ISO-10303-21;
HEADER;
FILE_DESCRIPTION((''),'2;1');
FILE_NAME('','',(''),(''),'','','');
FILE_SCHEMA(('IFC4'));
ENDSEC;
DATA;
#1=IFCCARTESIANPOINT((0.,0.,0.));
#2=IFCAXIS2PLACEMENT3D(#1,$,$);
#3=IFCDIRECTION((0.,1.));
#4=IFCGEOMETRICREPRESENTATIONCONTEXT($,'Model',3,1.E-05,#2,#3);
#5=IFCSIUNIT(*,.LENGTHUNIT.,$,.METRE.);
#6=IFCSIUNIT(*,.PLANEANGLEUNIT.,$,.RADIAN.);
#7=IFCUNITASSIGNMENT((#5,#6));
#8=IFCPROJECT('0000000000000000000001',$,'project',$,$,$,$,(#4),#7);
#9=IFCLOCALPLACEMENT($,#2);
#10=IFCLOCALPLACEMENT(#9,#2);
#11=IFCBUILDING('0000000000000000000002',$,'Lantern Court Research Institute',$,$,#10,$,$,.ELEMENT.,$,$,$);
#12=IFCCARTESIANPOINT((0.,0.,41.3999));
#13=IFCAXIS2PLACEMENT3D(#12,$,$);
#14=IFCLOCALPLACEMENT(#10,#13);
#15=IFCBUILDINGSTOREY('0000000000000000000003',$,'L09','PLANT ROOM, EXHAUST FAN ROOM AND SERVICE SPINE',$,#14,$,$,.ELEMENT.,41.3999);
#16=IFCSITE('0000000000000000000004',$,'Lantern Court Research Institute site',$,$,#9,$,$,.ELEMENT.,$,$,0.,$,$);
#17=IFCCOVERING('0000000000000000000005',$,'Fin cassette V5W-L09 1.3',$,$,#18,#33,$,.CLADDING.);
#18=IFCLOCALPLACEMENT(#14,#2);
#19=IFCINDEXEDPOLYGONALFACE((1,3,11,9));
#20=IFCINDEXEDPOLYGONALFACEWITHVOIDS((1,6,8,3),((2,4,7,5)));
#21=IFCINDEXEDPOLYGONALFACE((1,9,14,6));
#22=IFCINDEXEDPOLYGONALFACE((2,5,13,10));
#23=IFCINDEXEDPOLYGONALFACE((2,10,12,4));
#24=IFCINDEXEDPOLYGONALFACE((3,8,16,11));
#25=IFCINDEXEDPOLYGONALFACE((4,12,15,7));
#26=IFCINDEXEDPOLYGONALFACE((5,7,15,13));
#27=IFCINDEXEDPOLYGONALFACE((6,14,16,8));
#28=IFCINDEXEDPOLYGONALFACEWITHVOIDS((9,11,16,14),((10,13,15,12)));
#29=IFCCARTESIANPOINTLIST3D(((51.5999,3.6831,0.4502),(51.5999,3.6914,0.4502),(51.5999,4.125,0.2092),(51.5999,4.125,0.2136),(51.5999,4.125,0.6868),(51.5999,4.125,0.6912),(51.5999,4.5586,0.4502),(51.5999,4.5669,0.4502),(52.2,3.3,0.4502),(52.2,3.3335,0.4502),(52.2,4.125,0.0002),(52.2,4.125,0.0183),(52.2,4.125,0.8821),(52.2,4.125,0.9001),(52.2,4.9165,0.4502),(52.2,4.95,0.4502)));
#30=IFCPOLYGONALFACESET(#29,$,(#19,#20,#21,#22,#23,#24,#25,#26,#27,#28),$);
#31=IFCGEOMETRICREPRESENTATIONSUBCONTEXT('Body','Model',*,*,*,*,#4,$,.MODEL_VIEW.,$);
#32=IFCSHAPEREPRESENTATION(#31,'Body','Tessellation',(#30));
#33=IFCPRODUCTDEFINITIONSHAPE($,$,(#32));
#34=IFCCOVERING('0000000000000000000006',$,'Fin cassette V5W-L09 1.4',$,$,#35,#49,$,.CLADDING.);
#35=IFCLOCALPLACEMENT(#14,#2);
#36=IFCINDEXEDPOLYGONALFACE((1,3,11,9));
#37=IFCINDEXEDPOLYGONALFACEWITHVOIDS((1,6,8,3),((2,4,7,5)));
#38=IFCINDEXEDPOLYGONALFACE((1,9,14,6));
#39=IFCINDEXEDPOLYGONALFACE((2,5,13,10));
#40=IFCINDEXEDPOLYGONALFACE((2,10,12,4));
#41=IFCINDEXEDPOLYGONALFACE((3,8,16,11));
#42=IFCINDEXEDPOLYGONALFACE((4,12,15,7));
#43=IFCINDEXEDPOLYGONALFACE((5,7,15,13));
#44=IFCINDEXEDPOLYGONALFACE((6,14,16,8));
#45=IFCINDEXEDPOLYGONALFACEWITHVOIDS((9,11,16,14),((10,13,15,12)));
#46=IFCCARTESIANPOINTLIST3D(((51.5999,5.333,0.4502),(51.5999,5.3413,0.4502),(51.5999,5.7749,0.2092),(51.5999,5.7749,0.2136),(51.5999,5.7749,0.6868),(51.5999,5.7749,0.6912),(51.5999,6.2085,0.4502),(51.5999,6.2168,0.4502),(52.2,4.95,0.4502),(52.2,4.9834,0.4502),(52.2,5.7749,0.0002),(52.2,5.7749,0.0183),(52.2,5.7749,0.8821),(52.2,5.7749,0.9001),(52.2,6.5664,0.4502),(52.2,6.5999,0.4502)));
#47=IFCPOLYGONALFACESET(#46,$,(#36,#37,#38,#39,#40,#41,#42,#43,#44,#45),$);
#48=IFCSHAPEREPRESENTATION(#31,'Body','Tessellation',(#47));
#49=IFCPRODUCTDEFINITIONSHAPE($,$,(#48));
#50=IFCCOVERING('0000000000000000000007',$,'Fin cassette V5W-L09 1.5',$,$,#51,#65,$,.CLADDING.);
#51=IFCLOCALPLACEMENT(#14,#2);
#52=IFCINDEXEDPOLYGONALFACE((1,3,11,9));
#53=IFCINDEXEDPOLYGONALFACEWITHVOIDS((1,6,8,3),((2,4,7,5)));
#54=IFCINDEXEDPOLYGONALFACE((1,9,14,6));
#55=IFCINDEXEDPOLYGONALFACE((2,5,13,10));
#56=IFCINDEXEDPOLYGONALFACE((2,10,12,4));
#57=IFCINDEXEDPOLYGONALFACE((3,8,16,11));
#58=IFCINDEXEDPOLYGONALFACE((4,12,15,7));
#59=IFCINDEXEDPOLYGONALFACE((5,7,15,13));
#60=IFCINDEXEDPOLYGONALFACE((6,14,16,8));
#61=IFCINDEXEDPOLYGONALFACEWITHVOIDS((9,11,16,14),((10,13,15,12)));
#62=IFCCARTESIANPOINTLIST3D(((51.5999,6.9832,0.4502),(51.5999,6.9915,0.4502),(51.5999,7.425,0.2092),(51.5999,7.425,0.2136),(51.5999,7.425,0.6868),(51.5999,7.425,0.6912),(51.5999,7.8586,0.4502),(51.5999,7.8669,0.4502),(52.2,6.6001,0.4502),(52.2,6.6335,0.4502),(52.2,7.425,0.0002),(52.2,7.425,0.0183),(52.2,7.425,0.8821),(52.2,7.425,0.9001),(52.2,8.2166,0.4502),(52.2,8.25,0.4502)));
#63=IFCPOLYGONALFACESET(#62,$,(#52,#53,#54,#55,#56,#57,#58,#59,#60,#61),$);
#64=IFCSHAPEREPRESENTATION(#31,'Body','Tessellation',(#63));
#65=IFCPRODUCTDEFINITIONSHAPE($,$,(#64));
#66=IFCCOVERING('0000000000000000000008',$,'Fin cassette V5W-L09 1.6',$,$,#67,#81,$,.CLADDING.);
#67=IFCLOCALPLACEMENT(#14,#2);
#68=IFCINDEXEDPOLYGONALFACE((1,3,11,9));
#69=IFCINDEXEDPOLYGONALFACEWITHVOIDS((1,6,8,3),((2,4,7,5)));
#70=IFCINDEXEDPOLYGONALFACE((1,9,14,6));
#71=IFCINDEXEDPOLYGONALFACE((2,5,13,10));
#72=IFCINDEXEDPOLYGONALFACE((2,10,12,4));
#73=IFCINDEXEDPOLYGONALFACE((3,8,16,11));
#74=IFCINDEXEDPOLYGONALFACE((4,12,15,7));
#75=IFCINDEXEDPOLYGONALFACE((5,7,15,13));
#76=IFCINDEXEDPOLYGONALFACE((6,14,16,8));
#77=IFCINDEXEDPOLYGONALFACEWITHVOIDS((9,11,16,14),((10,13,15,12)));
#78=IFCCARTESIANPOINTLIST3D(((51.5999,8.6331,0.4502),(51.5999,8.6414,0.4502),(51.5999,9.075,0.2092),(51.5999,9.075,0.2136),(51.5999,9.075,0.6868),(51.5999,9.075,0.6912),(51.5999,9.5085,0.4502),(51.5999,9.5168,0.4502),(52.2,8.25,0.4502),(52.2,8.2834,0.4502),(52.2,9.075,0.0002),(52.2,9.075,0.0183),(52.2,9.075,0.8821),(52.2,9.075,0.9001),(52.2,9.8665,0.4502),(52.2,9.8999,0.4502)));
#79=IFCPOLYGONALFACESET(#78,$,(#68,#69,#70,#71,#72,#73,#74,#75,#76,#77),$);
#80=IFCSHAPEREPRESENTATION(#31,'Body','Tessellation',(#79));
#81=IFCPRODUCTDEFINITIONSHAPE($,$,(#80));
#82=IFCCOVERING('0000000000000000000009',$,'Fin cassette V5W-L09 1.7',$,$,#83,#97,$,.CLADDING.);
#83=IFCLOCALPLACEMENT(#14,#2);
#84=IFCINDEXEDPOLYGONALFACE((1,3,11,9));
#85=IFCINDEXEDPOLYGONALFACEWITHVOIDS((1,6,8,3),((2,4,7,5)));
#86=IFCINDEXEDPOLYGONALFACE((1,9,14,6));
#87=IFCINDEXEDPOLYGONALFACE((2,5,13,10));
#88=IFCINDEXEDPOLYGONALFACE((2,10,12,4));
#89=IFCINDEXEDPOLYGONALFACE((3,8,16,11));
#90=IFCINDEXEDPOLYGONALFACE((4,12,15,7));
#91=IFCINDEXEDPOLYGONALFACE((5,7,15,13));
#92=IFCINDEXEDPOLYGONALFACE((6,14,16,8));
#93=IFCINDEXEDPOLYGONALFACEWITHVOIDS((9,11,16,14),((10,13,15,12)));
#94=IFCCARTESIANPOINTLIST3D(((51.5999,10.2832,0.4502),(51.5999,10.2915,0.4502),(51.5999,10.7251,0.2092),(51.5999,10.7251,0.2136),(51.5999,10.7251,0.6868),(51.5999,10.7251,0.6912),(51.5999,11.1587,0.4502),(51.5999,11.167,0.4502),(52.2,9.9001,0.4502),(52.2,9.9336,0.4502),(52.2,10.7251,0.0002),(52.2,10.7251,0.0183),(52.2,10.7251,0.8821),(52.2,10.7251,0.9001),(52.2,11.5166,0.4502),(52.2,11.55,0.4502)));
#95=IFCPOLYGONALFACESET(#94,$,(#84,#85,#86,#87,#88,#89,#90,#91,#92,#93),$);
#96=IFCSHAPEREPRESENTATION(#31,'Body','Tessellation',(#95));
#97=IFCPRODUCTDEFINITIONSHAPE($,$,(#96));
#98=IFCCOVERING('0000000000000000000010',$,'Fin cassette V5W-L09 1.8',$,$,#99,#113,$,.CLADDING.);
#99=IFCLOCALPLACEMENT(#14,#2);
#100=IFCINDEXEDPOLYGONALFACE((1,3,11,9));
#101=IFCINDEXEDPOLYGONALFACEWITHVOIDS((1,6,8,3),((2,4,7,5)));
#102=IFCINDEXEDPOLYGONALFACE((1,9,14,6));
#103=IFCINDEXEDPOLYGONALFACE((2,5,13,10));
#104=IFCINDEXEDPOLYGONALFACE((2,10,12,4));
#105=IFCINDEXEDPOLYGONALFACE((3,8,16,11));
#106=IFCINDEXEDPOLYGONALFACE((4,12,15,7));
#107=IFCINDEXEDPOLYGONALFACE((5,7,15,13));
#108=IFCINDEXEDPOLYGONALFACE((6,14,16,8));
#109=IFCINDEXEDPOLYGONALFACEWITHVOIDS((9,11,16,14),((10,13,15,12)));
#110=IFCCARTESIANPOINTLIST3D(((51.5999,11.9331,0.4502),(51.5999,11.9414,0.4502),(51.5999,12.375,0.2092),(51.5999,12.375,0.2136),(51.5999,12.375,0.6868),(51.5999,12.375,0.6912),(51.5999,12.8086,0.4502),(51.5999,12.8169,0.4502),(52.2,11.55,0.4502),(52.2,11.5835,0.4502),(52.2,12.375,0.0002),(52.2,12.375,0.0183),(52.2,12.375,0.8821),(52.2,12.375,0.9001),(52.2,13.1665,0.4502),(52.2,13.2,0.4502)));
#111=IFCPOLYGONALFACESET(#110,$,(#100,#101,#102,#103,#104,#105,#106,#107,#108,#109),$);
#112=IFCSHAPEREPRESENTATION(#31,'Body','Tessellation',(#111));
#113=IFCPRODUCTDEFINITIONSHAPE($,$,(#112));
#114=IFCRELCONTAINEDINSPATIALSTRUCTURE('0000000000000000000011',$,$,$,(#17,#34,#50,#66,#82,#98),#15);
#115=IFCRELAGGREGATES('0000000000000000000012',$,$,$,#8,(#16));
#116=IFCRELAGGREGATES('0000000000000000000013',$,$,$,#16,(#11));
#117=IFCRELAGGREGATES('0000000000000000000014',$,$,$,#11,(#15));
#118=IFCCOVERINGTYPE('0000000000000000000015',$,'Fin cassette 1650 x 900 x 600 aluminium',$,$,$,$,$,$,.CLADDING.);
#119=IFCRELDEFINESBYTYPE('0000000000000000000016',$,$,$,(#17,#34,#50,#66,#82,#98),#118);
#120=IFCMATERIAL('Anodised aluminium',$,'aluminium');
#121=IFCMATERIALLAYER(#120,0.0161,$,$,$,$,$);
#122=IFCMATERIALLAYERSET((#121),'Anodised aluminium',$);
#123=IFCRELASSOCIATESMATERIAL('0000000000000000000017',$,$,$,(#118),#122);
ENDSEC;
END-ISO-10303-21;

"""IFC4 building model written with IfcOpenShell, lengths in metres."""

from ifc_helpers import new_model, entity, si_unit, direction, frame, origin, place, context, subcontext, project, spatial, material, layer, layer_set, type_object, element, save


model = new_model("IFC4")

# Units and contexts
model_context = context("Model", 3, precision=1e-05, world=origin(), true_north=direction((0.0, 1.0)))
body_context = subcontext(model_context, "Body", "Model", "MODEL_VIEW")
ifc_project = project(units=[si_unit("LENGTHUNIT", "METRE"), si_unit("PLANEANGLEUNIT", "RADIAN")], contexts=[model_context])

# Site, building, storey
site_placement = place(None, origin())
site = spatial("IfcSite", under=ifc_project, at=site_placement, Name="Lantern Court Research Institute site", CompositionType="ELEMENT", RefElevation=0.0)
building_placement = place(site_placement, origin())
building = spatial("IfcBuilding", under=site, at=building_placement, Name="Lantern Court Research Institute", CompositionType="ELEMENT")
storey_placement = place(building_placement, frame((0.0, 0.0, 41.3999)))
storey = spatial("IfcBuildingStorey", under=building, at=storey_placement, Name="L09", Description="PLANT ROOM, EXHAUST FAN ROOM AND SERVICE SPINE", CompositionType="ELEMENT", Elevation=41.3999)

# Coverings
ifc_material_1 = material(Name="Anodised aluminium", Category="aluminium")
ifc_layer_1 = layer(ifc_material_1, 0.0161)
ifc_layer_set_1 = layer_set([ifc_layer_1], Name="Anodised aluminium")
covering_type = type_object("IfcCoveringType", Name="Fin cassette 1650 x 900 x 600 aluminium", PredefinedType="CLADDING", material=ifc_layer_set_1)
covering_1_placement = place(storey_placement, frame((52.2, 4.125, 0.4502), z_axis=(-1.0, 0.0, 0.0), x_axis=(0.0, -1.0, 0.0)))
cartesian_point_1 = entity("IfcCartesianPoint", [0.825, 0.0])
cartesian_point_2 = entity("IfcCartesianPoint", [0.7915, 0.0])
cartesian_point_3 = entity("IfcCartesianPoint", [0.4419, 0.0])
cartesian_point_4 = entity("IfcCartesianPoint", [0.4336, 0.0])
element("IfcCovering", 1, at=covering_1_placement, inside=storey, type_object=covering_type, Name="Fin cassette V5W-L09 1.3", PredefinedType="CLADDING", context=body_context, shape_type="SweptSolid", body=[
    entity("IfcExtrudedAreaSolidTapered", entity("IfcArbitraryProfileDefWithVoids", "AREA", None, entity("IfcPolyline", [cartesian_point_1, entity("IfcCartesianPoint", [0.0, 0.45]), entity("IfcCartesianPoint", [-0.825, 0.0]), entity("IfcCartesianPoint", [0.0, -0.45]), cartesian_point_1]), [entity("IfcPolyline", [cartesian_point_2, entity("IfcCartesianPoint", [0.0, 0.4319]), entity("IfcCartesianPoint", [-0.7915, 0.0]), entity("IfcCartesianPoint", [0.0, -0.4319]), cartesian_point_2])]), entity("IfcAxis2Placement3D", entity("IfcCartesianPoint", [0.0, 0.0, 0.0])), entity("IfcDirection", [0.0, 0.0, 1.0]), 0.6001, entity("IfcArbitraryProfileDefWithVoids", "AREA", None, entity("IfcPolyline", [cartesian_point_3, entity("IfcCartesianPoint", [0.0, 0.241]), entity("IfcCartesianPoint", [-0.4419, 0.0]), entity("IfcCartesianPoint", [0.0, -0.241]), cartesian_point_3]), [entity("IfcPolyline", [cartesian_point_4, entity("IfcCartesianPoint", [0.0, 0.2366]), entity("IfcCartesianPoint", [-0.4336, 0.0]), entity("IfcCartesianPoint", [0.0, -0.2366]), cartesian_point_4])])),
])
covering_2_placement = place(storey_placement, frame((52.2, 5.7749, 0.4502), z_axis=(-1.0, 0.0, 0.0), x_axis=(0.0, -1.0, 0.0)))
cartesian_point_5 = entity("IfcCartesianPoint", [0.825, 0.0])
cartesian_point_6 = entity("IfcCartesianPoint", [0.7915, 0.0])
cartesian_point_7 = entity("IfcCartesianPoint", [0.4419, 0.0])
cartesian_point_8 = entity("IfcCartesianPoint", [0.4336, 0.0])
element("IfcCovering", 2, at=covering_2_placement, inside=storey, type_object=covering_type, Name="Fin cassette V5W-L09 1.4", PredefinedType="CLADDING", context=body_context, shape_type="SweptSolid", body=[
    entity("IfcExtrudedAreaSolidTapered", entity("IfcArbitraryProfileDefWithVoids", "AREA", None, entity("IfcPolyline", [cartesian_point_5, entity("IfcCartesianPoint", [0.0, 0.45]), entity("IfcCartesianPoint", [-0.825, 0.0]), entity("IfcCartesianPoint", [0.0, -0.45]), cartesian_point_5]), [entity("IfcPolyline", [cartesian_point_6, entity("IfcCartesianPoint", [0.0, 0.4319]), entity("IfcCartesianPoint", [-0.7915, 0.0]), entity("IfcCartesianPoint", [0.0, -0.4319]), cartesian_point_6])]), entity("IfcAxis2Placement3D", entity("IfcCartesianPoint", [0.0, 0.0, 0.0])), entity("IfcDirection", [0.0, 0.0, 1.0]), 0.6001, entity("IfcArbitraryProfileDefWithVoids", "AREA", None, entity("IfcPolyline", [cartesian_point_7, entity("IfcCartesianPoint", [0.0, 0.241]), entity("IfcCartesianPoint", [-0.4419, 0.0]), entity("IfcCartesianPoint", [0.0, -0.241]), cartesian_point_7]), [entity("IfcPolyline", [cartesian_point_8, entity("IfcCartesianPoint", [0.0, 0.2366]), entity("IfcCartesianPoint", [-0.4336, 0.0]), entity("IfcCartesianPoint", [0.0, -0.2366]), cartesian_point_8])])),
])
covering_3_placement = place(storey_placement, frame((52.2, 7.425, 0.4502), z_axis=(-1.0, 0.0, 0.0), x_axis=(0.0, -1.0, 0.0)))
cartesian_point_9 = entity("IfcCartesianPoint", [0.825, 0.0])
cartesian_point_10 = entity("IfcCartesianPoint", [0.7915, 0.0])
cartesian_point_11 = entity("IfcCartesianPoint", [0.4419, 0.0])
cartesian_point_12 = entity("IfcCartesianPoint", [0.4336, 0.0])
element("IfcCovering", 3, at=covering_3_placement, inside=storey, type_object=covering_type, Name="Fin cassette V5W-L09 1.5", PredefinedType="CLADDING", context=body_context, shape_type="SweptSolid", body=[
    entity("IfcExtrudedAreaSolidTapered", entity("IfcArbitraryProfileDefWithVoids", "AREA", None, entity("IfcPolyline", [cartesian_point_9, entity("IfcCartesianPoint", [0.0, 0.45]), entity("IfcCartesianPoint", [-0.825, 0.0]), entity("IfcCartesianPoint", [0.0, -0.45]), cartesian_point_9]), [entity("IfcPolyline", [cartesian_point_10, entity("IfcCartesianPoint", [0.0, 0.4319]), entity("IfcCartesianPoint", [-0.7915, 0.0]), entity("IfcCartesianPoint", [0.0, -0.4319]), cartesian_point_10])]), entity("IfcAxis2Placement3D", entity("IfcCartesianPoint", [0.0, 0.0, 0.0])), entity("IfcDirection", [0.0, 0.0, 1.0]), 0.6001, entity("IfcArbitraryProfileDefWithVoids", "AREA", None, entity("IfcPolyline", [cartesian_point_11, entity("IfcCartesianPoint", [0.0, 0.241]), entity("IfcCartesianPoint", [-0.4419, 0.0]), entity("IfcCartesianPoint", [0.0, -0.241]), cartesian_point_11]), [entity("IfcPolyline", [cartesian_point_12, entity("IfcCartesianPoint", [0.0, 0.2366]), entity("IfcCartesianPoint", [-0.4336, 0.0]), entity("IfcCartesianPoint", [0.0, -0.2366]), cartesian_point_12])])),
])
covering_4_placement = place(storey_placement, frame((52.2, 9.075, 0.4502), z_axis=(-1.0, 0.0, 0.0), x_axis=(0.0, -1.0, 0.0)))
cartesian_point_13 = entity("IfcCartesianPoint", [0.825, 0.0])
cartesian_point_14 = entity("IfcCartesianPoint", [0.7915, 0.0])
cartesian_point_15 = entity("IfcCartesianPoint", [0.4419, 0.0])
cartesian_point_16 = entity("IfcCartesianPoint", [0.4336, 0.0])
element("IfcCovering", 4, at=covering_4_placement, inside=storey, type_object=covering_type, Name="Fin cassette V5W-L09 1.6", PredefinedType="CLADDING", context=body_context, shape_type="SweptSolid", body=[
    entity("IfcExtrudedAreaSolidTapered", entity("IfcArbitraryProfileDefWithVoids", "AREA", None, entity("IfcPolyline", [cartesian_point_13, entity("IfcCartesianPoint", [0.0, 0.45]), entity("IfcCartesianPoint", [-0.825, 0.0]), entity("IfcCartesianPoint", [0.0, -0.45]), cartesian_point_13]), [entity("IfcPolyline", [cartesian_point_14, entity("IfcCartesianPoint", [0.0, 0.4319]), entity("IfcCartesianPoint", [-0.7915, 0.0]), entity("IfcCartesianPoint", [0.0, -0.4319]), cartesian_point_14])]), entity("IfcAxis2Placement3D", entity("IfcCartesianPoint", [0.0, 0.0, 0.0])), entity("IfcDirection", [0.0, 0.0, 1.0]), 0.6001, entity("IfcArbitraryProfileDefWithVoids", "AREA", None, entity("IfcPolyline", [cartesian_point_15, entity("IfcCartesianPoint", [0.0, 0.241]), entity("IfcCartesianPoint", [-0.4419, 0.0]), entity("IfcCartesianPoint", [0.0, -0.241]), cartesian_point_15]), [entity("IfcPolyline", [cartesian_point_16, entity("IfcCartesianPoint", [0.0, 0.2366]), entity("IfcCartesianPoint", [-0.4336, 0.0]), entity("IfcCartesianPoint", [0.0, -0.2366]), cartesian_point_16])])),
])
covering_5_placement = place(storey_placement, frame((52.2, 10.7251, 0.4502), z_axis=(-1.0, 0.0, 0.0), x_axis=(0.0, -1.0, 0.0)))
cartesian_point_17 = entity("IfcCartesianPoint", [0.825, 0.0])
cartesian_point_18 = entity("IfcCartesianPoint", [0.7915, 0.0])
cartesian_point_19 = entity("IfcCartesianPoint", [0.4419, 0.0])
cartesian_point_20 = entity("IfcCartesianPoint", [0.4336, 0.0])
element("IfcCovering", 5, at=covering_5_placement, inside=storey, type_object=covering_type, Name="Fin cassette V5W-L09 1.7", PredefinedType="CLADDING", context=body_context, shape_type="SweptSolid", body=[
    entity("IfcExtrudedAreaSolidTapered", entity("IfcArbitraryProfileDefWithVoids", "AREA", None, entity("IfcPolyline", [cartesian_point_17, entity("IfcCartesianPoint", [0.0, 0.45]), entity("IfcCartesianPoint", [-0.825, 0.0]), entity("IfcCartesianPoint", [0.0, -0.45]), cartesian_point_17]), [entity("IfcPolyline", [cartesian_point_18, entity("IfcCartesianPoint", [0.0, 0.4319]), entity("IfcCartesianPoint", [-0.7915, 0.0]), entity("IfcCartesianPoint", [0.0, -0.4319]), cartesian_point_18])]), entity("IfcAxis2Placement3D", entity("IfcCartesianPoint", [0.0, 0.0, 0.0])), entity("IfcDirection", [0.0, 0.0, 1.0]), 0.6001, entity("IfcArbitraryProfileDefWithVoids", "AREA", None, entity("IfcPolyline", [cartesian_point_19, entity("IfcCartesianPoint", [0.0, 0.241]), entity("IfcCartesianPoint", [-0.4419, 0.0]), entity("IfcCartesianPoint", [0.0, -0.241]), cartesian_point_19]), [entity("IfcPolyline", [cartesian_point_20, entity("IfcCartesianPoint", [0.0, 0.2366]), entity("IfcCartesianPoint", [-0.4336, 0.0]), entity("IfcCartesianPoint", [0.0, -0.2366]), cartesian_point_20])])),
])
covering_6_placement = place(storey_placement, frame((52.2, 12.375, 0.4502), z_axis=(-1.0, 0.0, 0.0), x_axis=(0.0, -1.0, 0.0)))
cartesian_point_21 = entity("IfcCartesianPoint", [0.825, 0.0])
cartesian_point_22 = entity("IfcCartesianPoint", [0.7915, 0.0])
cartesian_point_23 = entity("IfcCartesianPoint", [0.4419, 0.0])
cartesian_point_24 = entity("IfcCartesianPoint", [0.4336, 0.0])
element("IfcCovering", 6, at=covering_6_placement, inside=storey, type_object=covering_type, Name="Fin cassette V5W-L09 1.8", PredefinedType="CLADDING", context=body_context, shape_type="SweptSolid", body=[
    entity("IfcExtrudedAreaSolidTapered", entity("IfcArbitraryProfileDefWithVoids", "AREA", None, entity("IfcPolyline", [cartesian_point_21, entity("IfcCartesianPoint", [0.0, 0.45]), entity("IfcCartesianPoint", [-0.825, 0.0]), entity("IfcCartesianPoint", [0.0, -0.45]), cartesian_point_21]), [entity("IfcPolyline", [cartesian_point_22, entity("IfcCartesianPoint", [0.0, 0.4319]), entity("IfcCartesianPoint", [-0.7915, 0.0]), entity("IfcCartesianPoint", [0.0, -0.4319]), cartesian_point_22])]), entity("IfcAxis2Placement3D", entity("IfcCartesianPoint", [0.0, 0.0, 0.0])), entity("IfcDirection", [0.0, 0.0, 1.0]), 0.6001, entity("IfcArbitraryProfileDefWithVoids", "AREA", None, entity("IfcPolyline", [cartesian_point_23, entity("IfcCartesianPoint", [0.0, 0.241]), entity("IfcCartesianPoint", [-0.4419, 0.0]), entity("IfcCartesianPoint", [0.0, -0.241]), cartesian_point_23]), [entity("IfcPolyline", [cartesian_point_24, entity("IfcCartesianPoint", [0.0, 0.2366]), entity("IfcCartesianPoint", [-0.4336, 0.0]), entity("IfcCartesianPoint", [0.0, -0.2366]), cartesian_point_24])])),
])

save(model, "model.ifc")
